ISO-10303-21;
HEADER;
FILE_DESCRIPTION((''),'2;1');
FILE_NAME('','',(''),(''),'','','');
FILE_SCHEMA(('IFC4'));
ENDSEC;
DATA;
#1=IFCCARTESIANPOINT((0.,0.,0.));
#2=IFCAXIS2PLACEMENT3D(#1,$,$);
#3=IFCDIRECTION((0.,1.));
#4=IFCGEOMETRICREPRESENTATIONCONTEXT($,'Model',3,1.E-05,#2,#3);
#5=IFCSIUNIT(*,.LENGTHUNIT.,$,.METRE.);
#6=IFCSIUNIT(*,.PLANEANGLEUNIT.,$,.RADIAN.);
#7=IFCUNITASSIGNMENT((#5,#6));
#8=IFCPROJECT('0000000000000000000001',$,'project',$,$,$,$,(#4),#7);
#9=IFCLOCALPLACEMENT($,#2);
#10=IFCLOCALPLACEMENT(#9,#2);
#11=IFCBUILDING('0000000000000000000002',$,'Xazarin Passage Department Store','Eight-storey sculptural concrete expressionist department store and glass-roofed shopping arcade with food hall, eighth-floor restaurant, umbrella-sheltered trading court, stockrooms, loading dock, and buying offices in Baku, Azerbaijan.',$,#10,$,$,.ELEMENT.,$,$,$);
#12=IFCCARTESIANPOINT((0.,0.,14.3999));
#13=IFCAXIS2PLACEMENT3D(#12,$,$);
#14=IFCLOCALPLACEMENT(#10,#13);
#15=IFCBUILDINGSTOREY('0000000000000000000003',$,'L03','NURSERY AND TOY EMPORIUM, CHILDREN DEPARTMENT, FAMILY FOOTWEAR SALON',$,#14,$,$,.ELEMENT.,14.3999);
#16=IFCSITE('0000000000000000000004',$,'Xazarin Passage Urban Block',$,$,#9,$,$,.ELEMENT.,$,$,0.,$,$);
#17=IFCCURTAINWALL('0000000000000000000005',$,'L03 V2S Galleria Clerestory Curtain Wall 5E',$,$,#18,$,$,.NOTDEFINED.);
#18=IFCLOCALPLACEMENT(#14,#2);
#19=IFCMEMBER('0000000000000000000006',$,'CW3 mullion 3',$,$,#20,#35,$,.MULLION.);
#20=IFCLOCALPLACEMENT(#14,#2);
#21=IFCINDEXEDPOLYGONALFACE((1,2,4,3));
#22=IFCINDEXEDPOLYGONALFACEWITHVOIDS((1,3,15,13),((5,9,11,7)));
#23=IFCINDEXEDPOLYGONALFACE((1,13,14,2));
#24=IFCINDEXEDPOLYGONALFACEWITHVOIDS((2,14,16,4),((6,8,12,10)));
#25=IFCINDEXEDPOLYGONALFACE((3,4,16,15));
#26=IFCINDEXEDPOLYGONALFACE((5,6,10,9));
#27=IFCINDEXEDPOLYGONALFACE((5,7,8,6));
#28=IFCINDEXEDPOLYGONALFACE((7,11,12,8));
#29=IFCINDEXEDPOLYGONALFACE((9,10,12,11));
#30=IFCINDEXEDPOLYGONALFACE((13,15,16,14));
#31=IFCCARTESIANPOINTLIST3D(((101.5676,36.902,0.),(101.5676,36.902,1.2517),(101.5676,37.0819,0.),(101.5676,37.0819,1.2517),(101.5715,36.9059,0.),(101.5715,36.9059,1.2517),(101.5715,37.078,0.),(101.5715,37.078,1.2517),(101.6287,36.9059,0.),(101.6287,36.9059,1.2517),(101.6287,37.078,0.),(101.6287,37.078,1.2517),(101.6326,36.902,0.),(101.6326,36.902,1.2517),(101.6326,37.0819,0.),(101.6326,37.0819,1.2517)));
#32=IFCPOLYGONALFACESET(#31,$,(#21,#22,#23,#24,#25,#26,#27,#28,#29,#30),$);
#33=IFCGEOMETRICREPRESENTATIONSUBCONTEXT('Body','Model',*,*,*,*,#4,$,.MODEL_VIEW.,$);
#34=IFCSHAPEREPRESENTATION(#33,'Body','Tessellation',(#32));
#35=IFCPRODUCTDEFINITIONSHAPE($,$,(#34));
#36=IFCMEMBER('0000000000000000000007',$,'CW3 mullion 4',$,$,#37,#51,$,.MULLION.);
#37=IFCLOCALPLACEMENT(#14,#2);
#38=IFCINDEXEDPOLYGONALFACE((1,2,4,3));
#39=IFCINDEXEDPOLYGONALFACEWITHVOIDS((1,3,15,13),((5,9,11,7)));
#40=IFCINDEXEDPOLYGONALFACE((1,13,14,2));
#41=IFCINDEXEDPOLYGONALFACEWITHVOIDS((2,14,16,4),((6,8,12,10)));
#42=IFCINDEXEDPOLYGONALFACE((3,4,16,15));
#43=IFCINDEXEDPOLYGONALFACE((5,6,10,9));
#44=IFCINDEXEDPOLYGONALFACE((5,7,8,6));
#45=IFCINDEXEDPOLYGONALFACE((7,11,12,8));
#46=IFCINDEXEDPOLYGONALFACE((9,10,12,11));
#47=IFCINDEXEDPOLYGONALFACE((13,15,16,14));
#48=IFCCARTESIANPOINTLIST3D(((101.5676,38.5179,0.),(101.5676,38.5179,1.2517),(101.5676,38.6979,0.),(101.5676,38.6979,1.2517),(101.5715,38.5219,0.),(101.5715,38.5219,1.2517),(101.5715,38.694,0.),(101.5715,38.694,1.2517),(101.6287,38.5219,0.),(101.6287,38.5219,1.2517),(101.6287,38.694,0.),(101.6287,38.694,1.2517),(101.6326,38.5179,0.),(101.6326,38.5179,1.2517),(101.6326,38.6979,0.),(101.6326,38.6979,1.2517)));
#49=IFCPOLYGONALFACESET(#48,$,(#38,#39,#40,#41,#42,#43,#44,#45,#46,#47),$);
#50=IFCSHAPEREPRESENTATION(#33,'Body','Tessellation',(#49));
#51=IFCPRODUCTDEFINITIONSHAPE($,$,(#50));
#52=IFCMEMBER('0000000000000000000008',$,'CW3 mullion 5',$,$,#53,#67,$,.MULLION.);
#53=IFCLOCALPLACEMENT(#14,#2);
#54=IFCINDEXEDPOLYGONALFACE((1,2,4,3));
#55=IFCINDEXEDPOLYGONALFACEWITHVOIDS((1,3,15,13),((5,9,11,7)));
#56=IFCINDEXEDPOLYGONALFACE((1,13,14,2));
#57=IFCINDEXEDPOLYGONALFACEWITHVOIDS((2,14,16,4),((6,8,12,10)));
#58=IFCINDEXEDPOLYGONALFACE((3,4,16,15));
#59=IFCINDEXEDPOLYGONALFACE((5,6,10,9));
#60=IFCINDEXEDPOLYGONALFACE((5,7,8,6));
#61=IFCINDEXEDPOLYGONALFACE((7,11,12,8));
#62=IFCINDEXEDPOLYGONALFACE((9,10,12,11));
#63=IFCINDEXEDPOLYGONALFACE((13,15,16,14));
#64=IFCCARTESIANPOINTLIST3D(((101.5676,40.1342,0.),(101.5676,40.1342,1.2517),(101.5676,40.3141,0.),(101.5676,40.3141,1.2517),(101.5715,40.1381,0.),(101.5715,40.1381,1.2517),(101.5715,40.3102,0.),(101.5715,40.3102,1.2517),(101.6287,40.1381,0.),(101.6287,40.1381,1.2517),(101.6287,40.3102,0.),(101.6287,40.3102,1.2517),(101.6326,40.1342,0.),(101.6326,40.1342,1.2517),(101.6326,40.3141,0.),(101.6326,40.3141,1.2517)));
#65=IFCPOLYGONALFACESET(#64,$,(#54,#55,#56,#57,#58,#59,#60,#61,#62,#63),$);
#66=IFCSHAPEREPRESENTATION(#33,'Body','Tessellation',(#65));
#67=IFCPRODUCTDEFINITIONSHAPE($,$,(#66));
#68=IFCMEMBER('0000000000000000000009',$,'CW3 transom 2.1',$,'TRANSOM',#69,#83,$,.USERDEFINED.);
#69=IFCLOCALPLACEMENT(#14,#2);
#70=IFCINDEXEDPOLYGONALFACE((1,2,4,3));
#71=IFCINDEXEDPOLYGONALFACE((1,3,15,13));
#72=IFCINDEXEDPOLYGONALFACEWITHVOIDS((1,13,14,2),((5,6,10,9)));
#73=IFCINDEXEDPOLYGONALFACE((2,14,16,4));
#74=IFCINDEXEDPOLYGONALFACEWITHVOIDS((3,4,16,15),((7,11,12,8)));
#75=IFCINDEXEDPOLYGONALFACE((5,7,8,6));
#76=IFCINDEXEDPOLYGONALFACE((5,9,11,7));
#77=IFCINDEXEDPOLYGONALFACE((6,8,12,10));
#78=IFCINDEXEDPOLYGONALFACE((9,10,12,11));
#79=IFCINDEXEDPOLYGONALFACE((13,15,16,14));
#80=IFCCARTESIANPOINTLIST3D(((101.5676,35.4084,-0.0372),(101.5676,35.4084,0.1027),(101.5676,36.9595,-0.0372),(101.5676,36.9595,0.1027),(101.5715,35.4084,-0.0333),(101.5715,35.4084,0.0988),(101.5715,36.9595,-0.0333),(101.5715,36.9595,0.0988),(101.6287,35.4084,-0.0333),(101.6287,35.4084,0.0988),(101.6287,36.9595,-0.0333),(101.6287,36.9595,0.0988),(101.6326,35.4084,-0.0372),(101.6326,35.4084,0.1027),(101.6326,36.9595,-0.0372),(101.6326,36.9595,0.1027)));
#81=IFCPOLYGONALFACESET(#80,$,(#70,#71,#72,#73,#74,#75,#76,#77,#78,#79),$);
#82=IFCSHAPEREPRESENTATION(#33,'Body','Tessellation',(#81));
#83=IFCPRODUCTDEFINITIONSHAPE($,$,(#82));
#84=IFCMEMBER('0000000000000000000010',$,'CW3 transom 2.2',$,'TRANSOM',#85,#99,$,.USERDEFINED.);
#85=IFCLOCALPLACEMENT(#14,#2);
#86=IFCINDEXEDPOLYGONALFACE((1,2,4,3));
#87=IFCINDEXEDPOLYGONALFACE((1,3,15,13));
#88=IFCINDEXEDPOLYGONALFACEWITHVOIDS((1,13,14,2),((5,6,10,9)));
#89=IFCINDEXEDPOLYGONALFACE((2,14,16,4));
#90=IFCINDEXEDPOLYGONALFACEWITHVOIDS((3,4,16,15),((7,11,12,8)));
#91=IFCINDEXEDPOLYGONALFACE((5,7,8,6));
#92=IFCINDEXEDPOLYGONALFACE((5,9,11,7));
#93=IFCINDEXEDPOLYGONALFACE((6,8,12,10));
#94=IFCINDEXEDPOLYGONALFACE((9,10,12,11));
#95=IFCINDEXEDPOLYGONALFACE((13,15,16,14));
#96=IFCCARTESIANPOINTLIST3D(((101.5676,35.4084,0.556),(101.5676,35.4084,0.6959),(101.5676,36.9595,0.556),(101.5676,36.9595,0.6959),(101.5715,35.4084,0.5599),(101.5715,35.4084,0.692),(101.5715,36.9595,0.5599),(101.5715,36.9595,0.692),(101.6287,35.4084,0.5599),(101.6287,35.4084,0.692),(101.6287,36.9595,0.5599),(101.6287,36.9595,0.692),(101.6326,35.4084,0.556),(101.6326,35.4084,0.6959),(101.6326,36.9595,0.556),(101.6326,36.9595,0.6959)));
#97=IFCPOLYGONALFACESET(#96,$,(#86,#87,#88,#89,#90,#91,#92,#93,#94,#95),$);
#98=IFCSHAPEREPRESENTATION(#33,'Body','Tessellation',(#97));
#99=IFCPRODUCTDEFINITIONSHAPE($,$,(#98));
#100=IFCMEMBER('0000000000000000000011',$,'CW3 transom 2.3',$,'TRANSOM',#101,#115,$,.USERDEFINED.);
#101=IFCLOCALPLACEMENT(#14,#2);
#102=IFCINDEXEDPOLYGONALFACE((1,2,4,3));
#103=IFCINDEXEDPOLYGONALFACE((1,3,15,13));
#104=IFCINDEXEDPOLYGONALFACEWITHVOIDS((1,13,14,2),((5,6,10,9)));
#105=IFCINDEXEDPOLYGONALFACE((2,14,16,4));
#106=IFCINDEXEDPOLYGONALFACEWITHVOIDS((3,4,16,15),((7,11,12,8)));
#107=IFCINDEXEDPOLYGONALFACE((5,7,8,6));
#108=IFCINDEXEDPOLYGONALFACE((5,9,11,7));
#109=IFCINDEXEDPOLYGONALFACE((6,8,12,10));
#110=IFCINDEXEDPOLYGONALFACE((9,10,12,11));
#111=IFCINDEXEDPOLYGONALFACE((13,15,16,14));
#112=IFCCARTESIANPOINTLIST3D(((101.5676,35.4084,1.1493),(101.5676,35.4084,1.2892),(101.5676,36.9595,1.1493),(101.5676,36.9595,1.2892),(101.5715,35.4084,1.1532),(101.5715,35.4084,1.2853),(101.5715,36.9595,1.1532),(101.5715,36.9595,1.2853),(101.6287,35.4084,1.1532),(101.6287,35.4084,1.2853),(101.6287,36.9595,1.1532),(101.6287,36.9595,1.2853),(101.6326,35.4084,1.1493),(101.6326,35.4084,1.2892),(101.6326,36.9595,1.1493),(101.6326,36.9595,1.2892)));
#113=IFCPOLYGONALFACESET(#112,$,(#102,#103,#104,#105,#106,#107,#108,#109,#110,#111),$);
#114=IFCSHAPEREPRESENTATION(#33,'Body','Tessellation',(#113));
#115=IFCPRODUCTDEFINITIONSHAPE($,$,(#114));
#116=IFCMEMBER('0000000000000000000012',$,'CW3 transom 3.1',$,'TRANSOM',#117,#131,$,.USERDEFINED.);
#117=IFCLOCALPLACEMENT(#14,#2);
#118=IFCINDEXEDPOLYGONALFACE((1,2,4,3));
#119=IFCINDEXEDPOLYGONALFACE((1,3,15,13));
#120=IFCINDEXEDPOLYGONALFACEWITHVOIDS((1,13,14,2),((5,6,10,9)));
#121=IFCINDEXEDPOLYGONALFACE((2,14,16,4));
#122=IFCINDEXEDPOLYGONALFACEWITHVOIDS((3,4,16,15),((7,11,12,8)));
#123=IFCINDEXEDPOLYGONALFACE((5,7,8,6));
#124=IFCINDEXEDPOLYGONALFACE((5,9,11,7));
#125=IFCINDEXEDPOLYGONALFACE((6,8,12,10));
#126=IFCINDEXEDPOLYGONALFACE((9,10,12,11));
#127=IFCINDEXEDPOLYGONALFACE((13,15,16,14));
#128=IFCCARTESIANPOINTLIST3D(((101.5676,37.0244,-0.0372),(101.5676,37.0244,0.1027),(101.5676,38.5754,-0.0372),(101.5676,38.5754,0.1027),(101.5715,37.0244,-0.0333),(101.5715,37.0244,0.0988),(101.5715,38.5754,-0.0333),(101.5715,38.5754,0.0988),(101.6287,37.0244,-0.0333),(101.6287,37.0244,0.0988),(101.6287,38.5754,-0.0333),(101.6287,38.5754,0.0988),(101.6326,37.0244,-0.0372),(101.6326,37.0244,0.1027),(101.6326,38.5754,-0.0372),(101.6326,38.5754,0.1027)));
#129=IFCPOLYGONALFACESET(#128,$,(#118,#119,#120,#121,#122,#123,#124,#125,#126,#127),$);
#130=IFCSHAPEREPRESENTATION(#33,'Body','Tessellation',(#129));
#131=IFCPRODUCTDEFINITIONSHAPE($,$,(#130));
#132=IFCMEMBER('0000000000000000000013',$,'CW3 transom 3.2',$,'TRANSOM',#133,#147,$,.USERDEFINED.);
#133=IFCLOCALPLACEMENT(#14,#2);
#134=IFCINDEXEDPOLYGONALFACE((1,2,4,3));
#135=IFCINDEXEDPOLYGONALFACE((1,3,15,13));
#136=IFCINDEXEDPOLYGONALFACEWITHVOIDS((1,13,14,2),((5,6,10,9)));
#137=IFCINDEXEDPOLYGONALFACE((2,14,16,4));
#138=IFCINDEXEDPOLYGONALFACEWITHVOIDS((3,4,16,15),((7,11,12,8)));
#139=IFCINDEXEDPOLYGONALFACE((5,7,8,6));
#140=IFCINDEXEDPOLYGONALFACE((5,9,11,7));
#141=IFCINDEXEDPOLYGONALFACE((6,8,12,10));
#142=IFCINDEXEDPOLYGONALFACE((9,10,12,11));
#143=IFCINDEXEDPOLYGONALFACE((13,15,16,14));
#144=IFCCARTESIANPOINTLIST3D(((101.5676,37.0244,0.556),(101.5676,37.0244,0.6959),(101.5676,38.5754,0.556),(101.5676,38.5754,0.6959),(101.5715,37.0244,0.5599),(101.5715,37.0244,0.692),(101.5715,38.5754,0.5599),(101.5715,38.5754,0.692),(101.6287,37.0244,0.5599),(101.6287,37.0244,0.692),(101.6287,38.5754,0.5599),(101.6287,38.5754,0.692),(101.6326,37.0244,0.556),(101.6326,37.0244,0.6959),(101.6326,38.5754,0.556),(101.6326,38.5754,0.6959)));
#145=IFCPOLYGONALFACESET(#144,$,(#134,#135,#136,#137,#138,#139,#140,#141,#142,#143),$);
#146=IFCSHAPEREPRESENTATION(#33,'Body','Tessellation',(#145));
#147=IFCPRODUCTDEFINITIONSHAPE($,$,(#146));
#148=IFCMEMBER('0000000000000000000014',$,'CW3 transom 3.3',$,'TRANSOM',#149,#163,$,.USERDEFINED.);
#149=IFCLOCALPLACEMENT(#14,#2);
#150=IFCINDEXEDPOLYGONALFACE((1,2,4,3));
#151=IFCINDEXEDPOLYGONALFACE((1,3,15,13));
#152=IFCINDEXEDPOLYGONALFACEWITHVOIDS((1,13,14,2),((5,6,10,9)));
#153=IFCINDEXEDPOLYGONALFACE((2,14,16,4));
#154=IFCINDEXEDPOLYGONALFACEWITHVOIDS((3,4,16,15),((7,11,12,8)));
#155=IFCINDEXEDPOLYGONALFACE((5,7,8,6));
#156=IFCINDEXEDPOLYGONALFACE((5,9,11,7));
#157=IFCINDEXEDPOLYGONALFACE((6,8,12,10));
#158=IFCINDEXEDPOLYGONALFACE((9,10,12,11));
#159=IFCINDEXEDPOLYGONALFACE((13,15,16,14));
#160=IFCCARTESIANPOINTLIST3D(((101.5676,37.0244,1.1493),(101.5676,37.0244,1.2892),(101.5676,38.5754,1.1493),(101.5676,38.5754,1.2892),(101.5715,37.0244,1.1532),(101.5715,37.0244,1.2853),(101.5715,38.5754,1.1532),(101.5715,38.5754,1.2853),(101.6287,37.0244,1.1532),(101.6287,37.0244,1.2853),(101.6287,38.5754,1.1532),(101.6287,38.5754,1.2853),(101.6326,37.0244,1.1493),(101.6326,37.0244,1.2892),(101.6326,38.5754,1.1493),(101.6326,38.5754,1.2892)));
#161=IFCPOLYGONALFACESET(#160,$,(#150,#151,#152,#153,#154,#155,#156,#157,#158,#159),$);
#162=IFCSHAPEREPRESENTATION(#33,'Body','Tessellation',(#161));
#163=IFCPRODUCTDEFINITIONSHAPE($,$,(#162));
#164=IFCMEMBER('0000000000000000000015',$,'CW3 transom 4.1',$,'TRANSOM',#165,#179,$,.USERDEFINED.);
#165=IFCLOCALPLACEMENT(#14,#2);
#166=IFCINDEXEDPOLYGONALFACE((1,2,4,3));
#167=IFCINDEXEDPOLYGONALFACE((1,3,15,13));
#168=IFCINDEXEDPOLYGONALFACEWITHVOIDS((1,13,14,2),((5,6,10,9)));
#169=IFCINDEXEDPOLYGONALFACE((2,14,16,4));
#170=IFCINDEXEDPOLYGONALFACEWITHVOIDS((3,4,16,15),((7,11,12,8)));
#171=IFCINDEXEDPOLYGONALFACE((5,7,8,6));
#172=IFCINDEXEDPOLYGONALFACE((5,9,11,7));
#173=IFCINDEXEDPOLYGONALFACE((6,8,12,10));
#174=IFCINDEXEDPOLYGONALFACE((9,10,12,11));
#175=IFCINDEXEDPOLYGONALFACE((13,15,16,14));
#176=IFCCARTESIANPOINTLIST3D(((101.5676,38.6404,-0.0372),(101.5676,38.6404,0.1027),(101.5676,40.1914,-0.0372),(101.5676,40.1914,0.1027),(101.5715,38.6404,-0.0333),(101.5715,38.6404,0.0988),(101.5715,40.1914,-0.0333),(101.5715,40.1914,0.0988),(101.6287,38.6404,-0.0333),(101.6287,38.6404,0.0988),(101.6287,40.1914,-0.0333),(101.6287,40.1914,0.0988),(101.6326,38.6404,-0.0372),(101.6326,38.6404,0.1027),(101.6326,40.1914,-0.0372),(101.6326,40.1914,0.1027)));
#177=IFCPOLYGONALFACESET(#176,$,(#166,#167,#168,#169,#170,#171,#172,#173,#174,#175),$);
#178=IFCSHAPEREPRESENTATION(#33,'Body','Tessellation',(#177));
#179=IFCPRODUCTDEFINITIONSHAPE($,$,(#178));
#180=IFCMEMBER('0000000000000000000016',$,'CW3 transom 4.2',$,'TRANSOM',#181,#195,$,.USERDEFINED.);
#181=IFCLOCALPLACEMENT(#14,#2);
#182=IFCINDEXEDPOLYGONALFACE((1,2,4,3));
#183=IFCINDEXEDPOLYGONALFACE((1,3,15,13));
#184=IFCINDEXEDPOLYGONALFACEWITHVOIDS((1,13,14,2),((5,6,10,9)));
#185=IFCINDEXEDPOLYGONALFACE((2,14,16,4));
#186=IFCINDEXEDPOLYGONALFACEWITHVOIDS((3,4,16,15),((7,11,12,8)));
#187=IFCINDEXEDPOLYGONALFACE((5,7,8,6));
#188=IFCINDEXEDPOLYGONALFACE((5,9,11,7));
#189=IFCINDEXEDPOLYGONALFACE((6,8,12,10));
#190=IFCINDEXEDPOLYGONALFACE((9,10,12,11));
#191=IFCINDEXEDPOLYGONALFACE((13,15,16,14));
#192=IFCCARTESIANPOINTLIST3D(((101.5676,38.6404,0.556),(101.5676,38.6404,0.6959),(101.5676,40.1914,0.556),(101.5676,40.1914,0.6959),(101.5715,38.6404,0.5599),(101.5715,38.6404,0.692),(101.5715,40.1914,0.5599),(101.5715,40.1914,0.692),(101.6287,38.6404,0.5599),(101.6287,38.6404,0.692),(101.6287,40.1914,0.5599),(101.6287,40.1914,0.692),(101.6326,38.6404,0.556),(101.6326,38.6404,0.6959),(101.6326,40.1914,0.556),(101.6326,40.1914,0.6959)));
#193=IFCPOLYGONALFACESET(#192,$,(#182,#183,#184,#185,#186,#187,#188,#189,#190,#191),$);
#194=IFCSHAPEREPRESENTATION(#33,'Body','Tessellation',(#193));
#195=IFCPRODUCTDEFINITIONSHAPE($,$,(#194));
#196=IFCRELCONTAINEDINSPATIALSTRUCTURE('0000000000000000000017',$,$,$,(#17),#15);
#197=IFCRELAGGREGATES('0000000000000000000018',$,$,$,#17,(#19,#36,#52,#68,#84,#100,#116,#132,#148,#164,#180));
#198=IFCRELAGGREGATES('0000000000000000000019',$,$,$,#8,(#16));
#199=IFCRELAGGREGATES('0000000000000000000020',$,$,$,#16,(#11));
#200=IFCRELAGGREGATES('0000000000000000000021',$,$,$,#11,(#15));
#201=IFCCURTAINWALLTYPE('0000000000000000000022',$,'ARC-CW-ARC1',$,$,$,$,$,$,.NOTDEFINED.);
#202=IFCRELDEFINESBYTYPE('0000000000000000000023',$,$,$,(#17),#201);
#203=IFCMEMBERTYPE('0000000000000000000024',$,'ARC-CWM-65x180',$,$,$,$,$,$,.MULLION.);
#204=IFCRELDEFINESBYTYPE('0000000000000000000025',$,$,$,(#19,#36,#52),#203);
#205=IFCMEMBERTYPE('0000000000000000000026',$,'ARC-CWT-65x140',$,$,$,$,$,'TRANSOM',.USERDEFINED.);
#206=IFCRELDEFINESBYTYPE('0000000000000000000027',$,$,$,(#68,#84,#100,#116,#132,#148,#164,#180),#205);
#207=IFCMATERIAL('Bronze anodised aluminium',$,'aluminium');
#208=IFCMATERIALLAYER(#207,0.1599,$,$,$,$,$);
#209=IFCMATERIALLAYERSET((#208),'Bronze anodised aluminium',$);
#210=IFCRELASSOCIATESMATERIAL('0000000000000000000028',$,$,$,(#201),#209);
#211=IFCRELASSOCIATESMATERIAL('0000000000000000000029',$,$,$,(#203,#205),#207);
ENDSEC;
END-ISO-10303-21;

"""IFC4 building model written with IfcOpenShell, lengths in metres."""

from ifc_helpers import new_model, si_unit, direction, frame, origin, origin_2d, place, context, subcontext, project, spatial, hollow_rectangle, extrude, material, layer, layer_set, material_profile, profile_set, type_object, element, aggregate, save


model = new_model("IFC4")

# Units and contexts
model_context = context("Model", 3, precision=1e-05, world=origin(), true_north=direction((0.0, 1.0)))
body_context = subcontext(model_context, "Body", "Model", "MODEL_VIEW")
ifc_project = project(units=[si_unit("LENGTHUNIT", "METRE"), si_unit("PLANEANGLEUNIT", "RADIAN")], contexts=[model_context])

# Site, building, storey
site_placement = place(None, origin())
site = spatial("IfcSite", under=ifc_project, at=site_placement, Name="Xazarin Passage Urban Block", CompositionType="ELEMENT", RefElevation=0.0)
building_placement = place(site_placement, origin())
building = spatial("IfcBuilding", under=site, at=building_placement, Name="Xazarin Passage Department Store", Description="Eight-storey sculptural concrete expressionist department store and glass-roofed shopping arcade with food hall, eighth-floor restaurant, umbrella-sheltered trading court, stockrooms, loading dock, and buying offices in Baku, Azerbaijan.", CompositionType="ELEMENT")
storey_placement = place(building_placement, frame((0.0, 0.0, 14.3999)))
storey = spatial("IfcBuildingStorey", under=building, at=storey_placement, Name="L03", Description="NURSERY AND TOY EMPORIUM, CHILDREN DEPARTMENT, FAMILY FOOTWEAR SALON", CompositionType="ELEMENT", Elevation=14.3999)

# Curtain wall, members
ifc_material_1 = material(Name="Bronze anodised aluminium", Category="aluminium")
ifc_layer_1 = layer(ifc_material_1, 0.1599)
ifc_layer_set_1 = layer_set([ifc_layer_1], Name="Bronze anodised aluminium")
curtain_wall_type = type_object("IfcCurtainWallType", Name="ARC-CW-ARC1", PredefinedType="NOTDEFINED", material=ifc_layer_set_1)
curtain_wall_placement = place(storey_placement, origin())
curtain_wall = element("IfcCurtainWall", 1, at=curtain_wall_placement, inside=storey, type_object=curtain_wall_type, Name="L03 V2S Galleria Clerestory Curtain Wall 5E", PredefinedType="NOTDEFINED")
ifc_material_profile_1 = material_profile(ifc_material_1, hollow_rectangle(XDim=0.0649, YDim=0.1799, WallThickness=0.0039, at=origin_2d()), Name="ALU 65x180")
ifc_profile_set_1 = profile_set([ifc_material_profile_1], Name="Bronze anodised aluminium")
member_type_1 = type_object("IfcMemberType", Name="ARC-CWM-65x180", PredefinedType="MULLION", material=ifc_profile_set_1)
member_1_placement = place(storey_placement, frame((101.6001, 36.9919, 0.0), z_axis=(0.0, 0.0, 1.0), x_axis=(-1.0, 0.0, 0.0)))
member_1 = element("IfcMember", 2, at=member_1_placement, type_object=member_type_1, Name="CW3 mullion 3", PredefinedType="MULLION", context=body_context, shape_type="SweptSolid", body=[
    extrude(hollow_rectangle(XDim=0.0649, YDim=0.1799, WallThickness=0.0039, at=origin_2d()), origin(), (0.0, 0.0, 1.0), 1.2517),
])
member_2_placement = place(storey_placement, frame((101.6001, 38.6079, 0.0), z_axis=(0.0, 0.0, 1.0), x_axis=(-1.0, 0.0, 0.0)))
member_2 = element("IfcMember", 3, at=member_2_placement, type_object=member_type_1, Name="CW3 mullion 4", PredefinedType="MULLION", context=body_context, shape_type="SweptSolid", body=[
    extrude(hollow_rectangle(XDim=0.0649, YDim=0.1799, WallThickness=0.0039, at=origin_2d()), origin(), (0.0, 0.0, 1.0), 1.2517),
])
member_3_placement = place(storey_placement, frame((101.6001, 40.2241, 0.0), z_axis=(0.0, 0.0, 1.0), x_axis=(-1.0, 0.0, 0.0)))
member_3 = element("IfcMember", 4, at=member_3_placement, type_object=member_type_1, Name="CW3 mullion 5", PredefinedType="MULLION", context=body_context, shape_type="SweptSolid", body=[
    extrude(hollow_rectangle(XDim=0.0649, YDim=0.1799, WallThickness=0.0039, at=origin_2d()), origin(), (0.0, 0.0, 1.0), 1.2517),
])
ifc_material_profile_2 = material_profile(ifc_material_1, hollow_rectangle(XDim=0.0649, YDim=0.1399, WallThickness=0.0039, at=origin_2d()), Name="ALU 65x140")
ifc_profile_set_2 = profile_set([ifc_material_profile_2], Name="Bronze anodised aluminium")
member_type_2 = type_object("IfcMemberType", Name="ARC-CWT-65x140", ElementType="TRANSOM", PredefinedType="USERDEFINED", material=ifc_profile_set_2)
member_4_placement = place(storey_placement, frame((101.6001, 35.4084, 0.0327), z_axis=(0.0, 1.0, 0.0), x_axis=(-1.0, 0.0, 0.0)))
member_4 = element("IfcMember", 5, at=member_4_placement, type_object=member_type_2, Name="CW3 transom 2.1", ObjectType="TRANSOM", PredefinedType="USERDEFINED", context=body_context, shape_type="SweptSolid", body=[
    extrude(hollow_rectangle(XDim=0.0649, YDim=0.1399, WallThickness=0.0039, at=origin_2d()), origin(), (0.0, 0.0, 1.0), 1.551),
])
member_5_placement = place(storey_placement, frame((101.6001, 35.4084, 0.626), z_axis=(0.0, 1.0, 0.0), x_axis=(-1.0, 0.0, 0.0)))
member_5 = element("IfcMember", 6, at=member_5_placement, type_object=member_type_2, Name="CW3 transom 2.2", ObjectType="TRANSOM", PredefinedType="USERDEFINED", context=body_context, shape_type="SweptSolid", body=[
    extrude(hollow_rectangle(XDim=0.0649, YDim=0.1399, WallThickness=0.0039, at=origin_2d()), origin(), (0.0, 0.0, 1.0), 1.551),
])
member_6_placement = place(storey_placement, frame((101.6001, 35.4084, 1.2192), z_axis=(0.0, 1.0, 0.0), x_axis=(-1.0, 0.0, 0.0)))
member_6 = element("IfcMember", 7, at=member_6_placement, type_object=member_type_2, Name="CW3 transom 2.3", ObjectType="TRANSOM", PredefinedType="USERDEFINED", context=body_context, shape_type="SweptSolid", body=[
    extrude(hollow_rectangle(XDim=0.0649, YDim=0.1399, WallThickness=0.0039, at=origin_2d()), origin(), (0.0, 0.0, 1.0), 1.551),
])
member_7_placement = place(storey_placement, frame((101.6001, 37.0244, 0.0327), z_axis=(0.0, 1.0, 0.0), x_axis=(-1.0, 0.0, 0.0)))
member_7 = element("IfcMember", 8, at=member_7_placement, type_object=member_type_2, Name="CW3 transom 3.1", ObjectType="TRANSOM", PredefinedType="USERDEFINED", context=body_context, shape_type="SweptSolid", body=[
    extrude(hollow_rectangle(XDim=0.0649, YDim=0.1399, WallThickness=0.0039, at=origin_2d()), origin(), (0.0, 0.0, 1.0), 1.551),
])
member_8_placement = place(storey_placement, frame((101.6001, 37.0244, 0.626), z_axis=(0.0, 1.0, 0.0), x_axis=(-1.0, 0.0, 0.0)))
member_8 = element("IfcMember", 9, at=member_8_placement, type_object=member_type_2, Name="CW3 transom 3.2", ObjectType="TRANSOM", PredefinedType="USERDEFINED", context=body_context, shape_type="SweptSolid", body=[
    extrude(hollow_rectangle(XDim=0.0649, YDim=0.1399, WallThickness=0.0039, at=origin_2d()), origin(), (0.0, 0.0, 1.0), 1.551),
])
member_9_placement = place(storey_placement, frame((101.6001, 37.0244, 1.2192), z_axis=(0.0, 1.0, 0.0), x_axis=(-1.0, 0.0, 0.0)))
member_9 = element("IfcMember", 10, at=member_9_placement, type_object=member_type_2, Name="CW3 transom 3.3", ObjectType="TRANSOM", PredefinedType="USERDEFINED", context=body_context, shape_type="SweptSolid", body=[
    extrude(hollow_rectangle(XDim=0.0649, YDim=0.1399, WallThickness=0.0039, at=origin_2d()), origin(), (0.0, 0.0, 1.0), 1.551),
])
member_10_placement = place(storey_placement, frame((101.6001, 38.6404, 0.0327), z_axis=(0.0, 1.0, 0.0), x_axis=(-1.0, 0.0, 0.0)))
member_10 = element("IfcMember", 11, at=member_10_placement, type_object=member_type_2, Name="CW3 transom 4.1", ObjectType="TRANSOM", PredefinedType="USERDEFINED", context=body_context, shape_type="SweptSolid", body=[
    extrude(hollow_rectangle(XDim=0.0649, YDim=0.1399, WallThickness=0.0039, at=origin_2d()), origin(), (0.0, 0.0, 1.0), 1.551),
])
member_11_placement = place(storey_placement, frame((101.6001, 38.6404, 0.626), z_axis=(0.0, 1.0, 0.0), x_axis=(-1.0, 0.0, 0.0)))
member_11 = element("IfcMember", 12, at=member_11_placement, type_object=member_type_2, Name="CW3 transom 4.2", ObjectType="TRANSOM", PredefinedType="USERDEFINED", context=body_context, shape_type="SweptSolid", body=[
    extrude(hollow_rectangle(XDim=0.0649, YDim=0.1399, WallThickness=0.0039, at=origin_2d()), origin(), (0.0, 0.0, 1.0), 1.551),
])
aggregate(curtain_wall, [member_1, member_2, member_3, member_4, member_5, member_6, member_7, member_8, member_9, member_10, member_11])

save(model, "model.ifc")
